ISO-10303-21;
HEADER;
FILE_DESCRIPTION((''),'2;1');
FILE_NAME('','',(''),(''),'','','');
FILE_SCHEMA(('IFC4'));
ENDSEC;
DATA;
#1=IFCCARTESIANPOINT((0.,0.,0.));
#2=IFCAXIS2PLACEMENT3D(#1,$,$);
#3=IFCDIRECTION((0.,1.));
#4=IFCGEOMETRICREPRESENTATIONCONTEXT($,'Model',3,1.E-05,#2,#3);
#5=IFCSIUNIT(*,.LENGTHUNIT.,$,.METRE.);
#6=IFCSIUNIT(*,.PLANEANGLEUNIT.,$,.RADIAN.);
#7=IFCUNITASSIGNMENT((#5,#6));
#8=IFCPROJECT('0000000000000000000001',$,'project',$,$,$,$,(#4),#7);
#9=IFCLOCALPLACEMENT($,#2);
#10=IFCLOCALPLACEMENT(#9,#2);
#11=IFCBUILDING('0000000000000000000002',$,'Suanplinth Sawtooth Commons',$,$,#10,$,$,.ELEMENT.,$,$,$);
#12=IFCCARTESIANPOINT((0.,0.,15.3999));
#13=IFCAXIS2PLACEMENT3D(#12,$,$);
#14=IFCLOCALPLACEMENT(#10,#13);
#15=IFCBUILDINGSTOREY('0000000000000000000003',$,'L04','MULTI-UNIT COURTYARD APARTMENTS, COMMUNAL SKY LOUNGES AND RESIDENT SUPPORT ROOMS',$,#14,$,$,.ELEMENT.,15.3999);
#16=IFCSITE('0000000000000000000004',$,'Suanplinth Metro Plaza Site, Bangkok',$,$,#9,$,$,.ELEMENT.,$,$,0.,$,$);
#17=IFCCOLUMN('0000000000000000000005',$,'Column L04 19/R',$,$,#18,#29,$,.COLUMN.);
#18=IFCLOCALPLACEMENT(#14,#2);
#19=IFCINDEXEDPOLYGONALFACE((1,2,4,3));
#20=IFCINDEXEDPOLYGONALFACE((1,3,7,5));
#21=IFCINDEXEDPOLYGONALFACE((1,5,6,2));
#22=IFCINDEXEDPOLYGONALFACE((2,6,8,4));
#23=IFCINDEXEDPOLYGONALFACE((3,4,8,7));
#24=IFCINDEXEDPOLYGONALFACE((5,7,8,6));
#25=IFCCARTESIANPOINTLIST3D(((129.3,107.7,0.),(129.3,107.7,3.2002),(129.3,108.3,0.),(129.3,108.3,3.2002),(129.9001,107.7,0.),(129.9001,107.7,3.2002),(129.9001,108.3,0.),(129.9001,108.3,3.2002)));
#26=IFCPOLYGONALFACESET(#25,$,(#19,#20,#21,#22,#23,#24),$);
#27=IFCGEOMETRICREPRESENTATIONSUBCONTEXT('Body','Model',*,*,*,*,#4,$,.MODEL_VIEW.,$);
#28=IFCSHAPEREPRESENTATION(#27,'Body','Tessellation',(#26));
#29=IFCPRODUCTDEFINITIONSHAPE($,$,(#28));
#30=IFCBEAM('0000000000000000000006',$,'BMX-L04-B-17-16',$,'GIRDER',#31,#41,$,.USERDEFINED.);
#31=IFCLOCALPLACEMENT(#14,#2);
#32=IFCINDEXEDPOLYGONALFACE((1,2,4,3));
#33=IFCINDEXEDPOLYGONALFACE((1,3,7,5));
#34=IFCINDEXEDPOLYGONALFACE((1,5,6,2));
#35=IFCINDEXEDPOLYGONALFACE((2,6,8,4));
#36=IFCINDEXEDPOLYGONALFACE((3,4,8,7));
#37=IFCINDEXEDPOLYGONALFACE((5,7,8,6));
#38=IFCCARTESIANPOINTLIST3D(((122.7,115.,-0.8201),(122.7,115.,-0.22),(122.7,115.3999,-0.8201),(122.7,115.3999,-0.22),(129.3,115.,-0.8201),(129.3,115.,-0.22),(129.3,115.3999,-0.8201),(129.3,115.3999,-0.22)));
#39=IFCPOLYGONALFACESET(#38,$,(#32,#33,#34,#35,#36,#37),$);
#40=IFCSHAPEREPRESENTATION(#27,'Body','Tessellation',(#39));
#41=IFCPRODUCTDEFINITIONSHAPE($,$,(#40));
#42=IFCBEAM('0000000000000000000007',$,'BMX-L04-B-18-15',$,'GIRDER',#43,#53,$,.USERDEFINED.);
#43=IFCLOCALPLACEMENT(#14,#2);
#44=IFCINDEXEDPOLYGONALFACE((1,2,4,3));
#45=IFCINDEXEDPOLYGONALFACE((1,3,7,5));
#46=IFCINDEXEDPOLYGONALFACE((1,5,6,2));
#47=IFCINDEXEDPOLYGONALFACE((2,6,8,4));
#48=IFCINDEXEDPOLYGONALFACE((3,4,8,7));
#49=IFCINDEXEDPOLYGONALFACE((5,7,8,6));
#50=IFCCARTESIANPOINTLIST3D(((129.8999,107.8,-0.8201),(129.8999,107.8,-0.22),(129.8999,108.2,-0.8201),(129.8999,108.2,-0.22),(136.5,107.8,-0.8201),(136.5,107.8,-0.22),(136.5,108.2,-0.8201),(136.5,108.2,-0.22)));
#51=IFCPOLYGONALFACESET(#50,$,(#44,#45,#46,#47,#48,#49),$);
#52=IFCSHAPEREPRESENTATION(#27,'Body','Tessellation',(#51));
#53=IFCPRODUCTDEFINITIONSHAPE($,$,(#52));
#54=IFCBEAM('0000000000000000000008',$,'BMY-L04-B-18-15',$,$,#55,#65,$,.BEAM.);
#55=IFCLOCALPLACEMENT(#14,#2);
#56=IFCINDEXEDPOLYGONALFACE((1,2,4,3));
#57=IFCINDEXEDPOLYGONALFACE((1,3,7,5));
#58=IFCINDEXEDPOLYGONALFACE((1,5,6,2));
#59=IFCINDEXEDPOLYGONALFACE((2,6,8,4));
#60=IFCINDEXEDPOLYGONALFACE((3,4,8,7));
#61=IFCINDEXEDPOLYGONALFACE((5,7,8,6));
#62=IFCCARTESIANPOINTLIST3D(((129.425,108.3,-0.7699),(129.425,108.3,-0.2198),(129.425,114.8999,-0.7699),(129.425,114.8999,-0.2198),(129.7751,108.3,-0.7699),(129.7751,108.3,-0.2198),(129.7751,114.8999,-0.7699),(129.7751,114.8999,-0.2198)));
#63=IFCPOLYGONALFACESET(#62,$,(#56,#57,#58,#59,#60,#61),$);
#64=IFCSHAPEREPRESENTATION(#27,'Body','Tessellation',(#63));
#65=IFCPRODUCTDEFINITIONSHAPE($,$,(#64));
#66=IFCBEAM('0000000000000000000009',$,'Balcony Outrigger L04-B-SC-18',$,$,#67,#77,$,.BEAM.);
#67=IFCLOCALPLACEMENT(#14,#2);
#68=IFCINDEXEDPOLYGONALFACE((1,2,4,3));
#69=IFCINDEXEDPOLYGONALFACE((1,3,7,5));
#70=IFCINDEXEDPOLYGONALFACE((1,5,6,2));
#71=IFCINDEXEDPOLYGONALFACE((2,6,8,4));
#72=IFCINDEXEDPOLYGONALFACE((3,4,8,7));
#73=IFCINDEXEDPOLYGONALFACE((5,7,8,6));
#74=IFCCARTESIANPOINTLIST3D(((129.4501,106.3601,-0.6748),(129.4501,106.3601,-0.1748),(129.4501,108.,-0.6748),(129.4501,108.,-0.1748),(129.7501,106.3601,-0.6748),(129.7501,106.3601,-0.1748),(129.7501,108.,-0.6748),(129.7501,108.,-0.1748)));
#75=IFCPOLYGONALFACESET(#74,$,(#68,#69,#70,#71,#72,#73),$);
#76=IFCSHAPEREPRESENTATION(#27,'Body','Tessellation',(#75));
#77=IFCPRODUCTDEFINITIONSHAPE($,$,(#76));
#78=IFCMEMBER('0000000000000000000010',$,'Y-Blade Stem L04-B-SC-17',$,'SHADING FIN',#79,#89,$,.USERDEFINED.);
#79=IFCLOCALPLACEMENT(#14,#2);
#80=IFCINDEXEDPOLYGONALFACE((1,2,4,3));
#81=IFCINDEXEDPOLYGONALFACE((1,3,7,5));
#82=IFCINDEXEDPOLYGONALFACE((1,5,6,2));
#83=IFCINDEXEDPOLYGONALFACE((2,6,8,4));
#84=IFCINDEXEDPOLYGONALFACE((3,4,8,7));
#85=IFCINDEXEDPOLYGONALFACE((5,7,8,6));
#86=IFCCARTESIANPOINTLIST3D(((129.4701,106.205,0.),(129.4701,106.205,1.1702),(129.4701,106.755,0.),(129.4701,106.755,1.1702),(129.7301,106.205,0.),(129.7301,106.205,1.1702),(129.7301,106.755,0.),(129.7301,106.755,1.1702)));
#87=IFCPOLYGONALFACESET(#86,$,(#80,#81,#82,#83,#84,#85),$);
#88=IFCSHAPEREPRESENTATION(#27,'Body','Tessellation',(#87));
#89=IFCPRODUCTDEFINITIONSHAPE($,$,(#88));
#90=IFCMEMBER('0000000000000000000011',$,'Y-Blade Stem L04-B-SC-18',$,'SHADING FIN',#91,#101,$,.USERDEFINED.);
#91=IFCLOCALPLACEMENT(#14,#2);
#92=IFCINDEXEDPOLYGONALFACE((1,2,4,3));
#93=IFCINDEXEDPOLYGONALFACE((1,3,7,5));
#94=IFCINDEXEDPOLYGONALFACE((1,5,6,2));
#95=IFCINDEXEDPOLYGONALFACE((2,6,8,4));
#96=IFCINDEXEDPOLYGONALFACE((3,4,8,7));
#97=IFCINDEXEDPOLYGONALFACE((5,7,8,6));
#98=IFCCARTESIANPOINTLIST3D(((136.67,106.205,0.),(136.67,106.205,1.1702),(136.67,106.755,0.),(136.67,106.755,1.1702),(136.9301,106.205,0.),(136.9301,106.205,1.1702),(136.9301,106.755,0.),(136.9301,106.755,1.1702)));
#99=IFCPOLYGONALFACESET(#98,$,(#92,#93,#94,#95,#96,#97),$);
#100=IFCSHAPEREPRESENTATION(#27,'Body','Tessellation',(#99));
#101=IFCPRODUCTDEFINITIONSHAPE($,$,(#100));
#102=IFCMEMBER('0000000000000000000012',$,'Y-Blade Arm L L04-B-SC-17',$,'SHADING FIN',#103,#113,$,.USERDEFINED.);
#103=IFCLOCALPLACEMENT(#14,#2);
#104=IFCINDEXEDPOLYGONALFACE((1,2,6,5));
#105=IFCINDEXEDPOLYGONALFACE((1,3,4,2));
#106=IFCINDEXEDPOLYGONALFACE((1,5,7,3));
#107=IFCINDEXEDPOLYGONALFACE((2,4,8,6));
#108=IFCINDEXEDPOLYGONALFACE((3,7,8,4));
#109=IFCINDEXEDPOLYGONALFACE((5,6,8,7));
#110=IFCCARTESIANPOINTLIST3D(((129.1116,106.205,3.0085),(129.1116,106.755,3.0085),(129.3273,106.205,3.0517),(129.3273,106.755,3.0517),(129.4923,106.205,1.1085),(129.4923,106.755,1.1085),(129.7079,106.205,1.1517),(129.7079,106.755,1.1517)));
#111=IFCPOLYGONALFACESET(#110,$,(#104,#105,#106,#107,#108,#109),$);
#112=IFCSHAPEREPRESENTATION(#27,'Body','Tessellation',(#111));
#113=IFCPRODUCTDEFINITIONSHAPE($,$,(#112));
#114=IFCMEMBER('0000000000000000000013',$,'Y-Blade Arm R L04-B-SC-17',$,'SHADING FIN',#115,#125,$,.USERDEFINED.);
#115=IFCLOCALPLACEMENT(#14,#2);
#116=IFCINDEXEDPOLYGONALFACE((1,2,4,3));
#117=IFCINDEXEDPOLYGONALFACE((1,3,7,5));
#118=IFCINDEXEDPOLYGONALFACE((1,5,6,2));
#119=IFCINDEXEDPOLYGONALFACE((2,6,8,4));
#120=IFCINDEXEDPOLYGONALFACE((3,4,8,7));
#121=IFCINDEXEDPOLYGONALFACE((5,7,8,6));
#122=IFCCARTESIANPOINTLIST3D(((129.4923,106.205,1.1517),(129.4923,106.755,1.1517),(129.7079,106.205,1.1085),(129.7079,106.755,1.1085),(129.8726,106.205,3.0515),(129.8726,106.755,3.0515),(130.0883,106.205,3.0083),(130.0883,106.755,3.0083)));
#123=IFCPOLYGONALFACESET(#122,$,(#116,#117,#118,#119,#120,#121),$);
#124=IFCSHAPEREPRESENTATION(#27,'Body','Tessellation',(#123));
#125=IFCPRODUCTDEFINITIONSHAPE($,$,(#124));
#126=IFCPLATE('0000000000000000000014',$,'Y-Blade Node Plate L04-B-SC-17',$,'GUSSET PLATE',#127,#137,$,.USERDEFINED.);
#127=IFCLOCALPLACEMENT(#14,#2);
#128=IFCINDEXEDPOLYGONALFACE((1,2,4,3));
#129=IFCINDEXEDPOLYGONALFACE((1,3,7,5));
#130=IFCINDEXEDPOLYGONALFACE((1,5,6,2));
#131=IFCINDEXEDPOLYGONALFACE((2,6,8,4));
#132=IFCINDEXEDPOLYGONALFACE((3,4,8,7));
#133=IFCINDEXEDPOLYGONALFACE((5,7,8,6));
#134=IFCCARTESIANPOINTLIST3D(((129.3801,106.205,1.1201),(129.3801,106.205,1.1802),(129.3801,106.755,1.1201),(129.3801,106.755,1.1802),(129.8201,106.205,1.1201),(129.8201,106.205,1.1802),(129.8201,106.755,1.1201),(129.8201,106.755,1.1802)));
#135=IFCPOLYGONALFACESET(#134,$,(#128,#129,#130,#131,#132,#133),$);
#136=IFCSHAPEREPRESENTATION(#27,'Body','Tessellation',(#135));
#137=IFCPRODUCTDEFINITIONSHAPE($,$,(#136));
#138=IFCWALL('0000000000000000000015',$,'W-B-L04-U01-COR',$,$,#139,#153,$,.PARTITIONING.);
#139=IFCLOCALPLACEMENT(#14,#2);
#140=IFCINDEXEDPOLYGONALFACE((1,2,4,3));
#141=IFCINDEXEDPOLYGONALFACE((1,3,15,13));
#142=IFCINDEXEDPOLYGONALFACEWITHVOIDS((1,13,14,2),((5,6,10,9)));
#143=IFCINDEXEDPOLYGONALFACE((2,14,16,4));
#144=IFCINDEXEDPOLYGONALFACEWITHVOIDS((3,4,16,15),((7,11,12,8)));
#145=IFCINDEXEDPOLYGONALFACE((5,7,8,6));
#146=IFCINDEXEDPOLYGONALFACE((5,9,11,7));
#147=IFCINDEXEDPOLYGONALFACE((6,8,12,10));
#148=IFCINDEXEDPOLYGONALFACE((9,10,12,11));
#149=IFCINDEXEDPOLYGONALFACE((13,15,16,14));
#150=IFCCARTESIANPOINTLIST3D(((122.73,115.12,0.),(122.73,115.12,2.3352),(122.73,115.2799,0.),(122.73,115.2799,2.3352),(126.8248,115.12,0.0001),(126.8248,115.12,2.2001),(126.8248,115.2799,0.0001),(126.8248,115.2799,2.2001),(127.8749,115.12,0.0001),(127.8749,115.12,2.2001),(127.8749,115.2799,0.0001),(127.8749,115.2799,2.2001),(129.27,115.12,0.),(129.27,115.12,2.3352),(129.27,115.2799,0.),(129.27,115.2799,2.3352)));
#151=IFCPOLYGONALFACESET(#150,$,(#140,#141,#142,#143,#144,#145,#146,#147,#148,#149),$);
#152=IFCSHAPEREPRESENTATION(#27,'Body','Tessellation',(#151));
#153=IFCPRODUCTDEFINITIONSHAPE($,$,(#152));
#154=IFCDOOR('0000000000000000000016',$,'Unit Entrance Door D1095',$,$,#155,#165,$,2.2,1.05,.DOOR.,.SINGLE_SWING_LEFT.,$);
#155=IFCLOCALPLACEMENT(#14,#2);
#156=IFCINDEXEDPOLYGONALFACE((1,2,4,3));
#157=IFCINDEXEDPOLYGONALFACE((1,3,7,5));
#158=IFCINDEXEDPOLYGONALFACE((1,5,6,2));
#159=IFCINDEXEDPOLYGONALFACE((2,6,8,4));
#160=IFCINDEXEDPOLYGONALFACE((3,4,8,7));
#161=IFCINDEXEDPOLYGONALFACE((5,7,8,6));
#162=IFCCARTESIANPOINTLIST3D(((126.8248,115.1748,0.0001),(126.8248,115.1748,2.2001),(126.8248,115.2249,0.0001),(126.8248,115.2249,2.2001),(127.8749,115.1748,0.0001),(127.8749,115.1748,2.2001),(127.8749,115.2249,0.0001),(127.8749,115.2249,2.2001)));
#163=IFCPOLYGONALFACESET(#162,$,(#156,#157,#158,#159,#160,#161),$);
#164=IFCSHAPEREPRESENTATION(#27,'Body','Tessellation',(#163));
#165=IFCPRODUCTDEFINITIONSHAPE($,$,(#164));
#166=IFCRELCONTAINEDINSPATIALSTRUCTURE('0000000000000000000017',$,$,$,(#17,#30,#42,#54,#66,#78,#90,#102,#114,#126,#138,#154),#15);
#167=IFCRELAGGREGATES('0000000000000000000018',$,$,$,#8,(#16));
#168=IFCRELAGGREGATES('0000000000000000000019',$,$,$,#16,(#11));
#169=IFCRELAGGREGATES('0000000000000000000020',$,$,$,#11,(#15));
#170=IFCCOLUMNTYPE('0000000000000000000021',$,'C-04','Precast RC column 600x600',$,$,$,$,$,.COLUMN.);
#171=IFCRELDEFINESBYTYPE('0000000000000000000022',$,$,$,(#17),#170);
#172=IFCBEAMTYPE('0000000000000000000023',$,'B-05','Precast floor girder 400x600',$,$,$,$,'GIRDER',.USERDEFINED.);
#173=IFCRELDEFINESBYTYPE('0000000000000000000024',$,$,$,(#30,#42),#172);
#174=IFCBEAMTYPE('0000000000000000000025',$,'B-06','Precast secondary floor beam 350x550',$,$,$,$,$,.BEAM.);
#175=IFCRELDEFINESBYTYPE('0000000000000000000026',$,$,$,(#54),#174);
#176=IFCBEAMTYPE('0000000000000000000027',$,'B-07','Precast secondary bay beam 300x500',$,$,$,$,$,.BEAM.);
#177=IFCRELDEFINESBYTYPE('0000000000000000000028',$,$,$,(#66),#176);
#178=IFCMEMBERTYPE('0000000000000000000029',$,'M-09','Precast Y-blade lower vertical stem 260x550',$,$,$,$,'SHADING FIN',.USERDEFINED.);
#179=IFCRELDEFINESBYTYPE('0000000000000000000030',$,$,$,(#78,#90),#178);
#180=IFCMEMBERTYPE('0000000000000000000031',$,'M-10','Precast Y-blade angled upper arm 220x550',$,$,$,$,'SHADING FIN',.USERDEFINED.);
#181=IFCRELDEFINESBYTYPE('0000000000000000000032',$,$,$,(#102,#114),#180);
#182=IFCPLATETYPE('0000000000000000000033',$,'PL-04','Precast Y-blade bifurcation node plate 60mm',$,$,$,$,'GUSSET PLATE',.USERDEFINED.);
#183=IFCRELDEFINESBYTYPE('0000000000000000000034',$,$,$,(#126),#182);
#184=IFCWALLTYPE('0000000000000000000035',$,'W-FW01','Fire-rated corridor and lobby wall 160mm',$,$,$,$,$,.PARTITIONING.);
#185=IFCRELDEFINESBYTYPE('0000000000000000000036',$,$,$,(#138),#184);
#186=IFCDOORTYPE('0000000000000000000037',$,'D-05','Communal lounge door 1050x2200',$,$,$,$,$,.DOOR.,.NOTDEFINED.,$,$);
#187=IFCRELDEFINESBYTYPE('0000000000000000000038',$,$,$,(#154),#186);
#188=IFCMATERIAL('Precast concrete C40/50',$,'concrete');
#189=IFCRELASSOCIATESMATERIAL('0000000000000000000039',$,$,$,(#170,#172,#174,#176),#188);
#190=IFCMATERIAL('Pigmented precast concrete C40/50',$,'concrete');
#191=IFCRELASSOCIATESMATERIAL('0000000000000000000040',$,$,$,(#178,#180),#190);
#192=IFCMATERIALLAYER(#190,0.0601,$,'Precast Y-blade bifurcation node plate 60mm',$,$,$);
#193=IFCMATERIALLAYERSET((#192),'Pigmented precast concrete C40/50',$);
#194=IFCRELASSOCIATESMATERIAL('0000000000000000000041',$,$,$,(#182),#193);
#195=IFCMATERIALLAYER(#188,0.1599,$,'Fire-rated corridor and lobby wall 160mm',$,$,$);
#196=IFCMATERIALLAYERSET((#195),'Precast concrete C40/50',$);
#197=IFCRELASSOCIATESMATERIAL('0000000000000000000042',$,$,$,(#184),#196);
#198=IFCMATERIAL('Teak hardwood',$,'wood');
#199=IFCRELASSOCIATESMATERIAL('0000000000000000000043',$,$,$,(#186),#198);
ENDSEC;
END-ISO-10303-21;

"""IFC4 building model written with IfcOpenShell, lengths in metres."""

from ifc_helpers import new_model, si_unit, direction, frame, frame_2d, origin, origin_2d, place, context, subcontext, project, spatial, rectangle, extrude, material, layer, layer_set, material_profile, profile_set, type_object, element, fill, save


model = new_model("IFC4")

# Units and contexts
model_context = context("Model", 3, precision=1e-05, world=origin(), true_north=direction((0.0, 1.0)))
body_context = subcontext(model_context, "Body", "Model", "MODEL_VIEW")
ifc_project = project(units=[si_unit("LENGTHUNIT", "METRE"), si_unit("PLANEANGLEUNIT", "RADIAN")], contexts=[model_context])

# Site, building, storey
site_placement = place(None, origin())
site = spatial("IfcSite", under=ifc_project, at=site_placement, Name="Suanplinth Metro Plaza Site, Bangkok", CompositionType="ELEMENT", RefElevation=0.0)
building_placement = place(site_placement, origin())
building = spatial("IfcBuilding", under=site, at=building_placement, Name="Suanplinth Sawtooth Commons", CompositionType="ELEMENT")
storey_placement = place(building_placement, frame((0.0, 0.0, 15.3999)))
storey = spatial("IfcBuildingStorey", under=building, at=storey_placement, Name="L04", Description="MULTI-UNIT COURTYARD APARTMENTS, COMMUNAL SKY LOUNGES AND RESIDENT SUPPORT ROOMS", CompositionType="ELEMENT", Elevation=15.3999)

# Column
ifc_material_1 = material(Name="Precast concrete C40/50", Category="concrete")
ifc_material_profile_1 = material_profile(ifc_material_1, rectangle(XDim=0.6001, YDim=0.6001, at=origin_2d()), Name="PC-COL 600x600")
ifc_profile_set_1 = profile_set([ifc_material_profile_1], Name="Precast concrete C40/50")
column_type = type_object("IfcColumnType", Name="C-04", Description="Precast RC column 600x600", PredefinedType="COLUMN", material=ifc_profile_set_1)
column_placement = place(storey_placement, frame((129.6001, 108.0, 0.0), z_axis=(0.0, 0.0, 1.0), x_axis=(1.0, 0.0, 0.0)))
element("IfcColumn", 1, at=column_placement, inside=storey, type_object=column_type, Name="Column L04 19/R", PredefinedType="COLUMN", context=body_context, shape_type="SweptSolid", body=[
    extrude(rectangle(XDim=0.6001, YDim=0.6001, at=origin_2d()), origin(), (0.0, 0.0, 1.0), 3.2002),
])

# Beams
ifc_material_profile_2 = material_profile(ifc_material_1, rectangle(XDim=0.3999, YDim=0.6001, at=origin_2d()), Name="PC-GDR 400x600")
ifc_profile_set_2 = profile_set([ifc_material_profile_2], Name="Precast concrete C40/50")
beam_type_1 = type_object("IfcBeamType", Name="B-05", Description="Precast floor girder 400x600", ElementType="GIRDER", PredefinedType="USERDEFINED", material=ifc_profile_set_2)
for number, where, z_axis, x_axis, name in (
    (2, (122.7, 115.2, -0.52), (1.0, 0.0, 0.0), (0.0, 1.0, 0.0), "BMX-L04-B-17-16"),
    (3, (129.8999, 108.0, -0.52), (1.0, 0.0, 0.0), (0.0, 1.0, 0.0), "BMX-L04-B-18-15"),
):
    element("IfcBeam", number, at=place(storey_placement, frame(where, z_axis=z_axis, x_axis=x_axis)), inside=storey, type_object=beam_type_1, Name=name, ObjectType="GIRDER", PredefinedType="USERDEFINED", context=body_context, shape_type="SweptSolid", body=[
        extrude(rectangle(XDim=0.3999, YDim=0.6001, at=origin_2d()), origin(), (0.0, 0.0, 1.0), 6.6001),
    ])
ifc_material_profile_3 = material_profile(ifc_material_1, rectangle(XDim=0.3501, YDim=0.55, at=origin_2d()), Name="PC-BM 350x550")
ifc_profile_set_3 = profile_set([ifc_material_profile_3], Name="Precast concrete C40/50")
beam_type_2 = type_object("IfcBeamType", Name="B-06", Description="Precast secondary floor beam 350x550", PredefinedType="BEAM", material=ifc_profile_set_3)
beam_1_placement = place(storey_placement, frame((129.6001, 108.3, -0.4949), z_axis=(0.0, 1.0, 0.0), x_axis=(-1.0, 0.0, 0.0)))
element("IfcBeam", 4, at=beam_1_placement, inside=storey, type_object=beam_type_2, Name="BMY-L04-B-18-15", PredefinedType="BEAM", context=body_context, shape_type="SweptSolid", body=[
    extrude(rectangle(XDim=0.3501, YDim=0.55, at=origin_2d()), origin(), (0.0, 0.0, 1.0), 6.5999),
])
ifc_material_profile_4 = material_profile(ifc_material_1, rectangle(XDim=0.3, YDim=0.5, at=origin_2d()), Name="PC-BM 300x500")
ifc_profile_set_4 = profile_set([ifc_material_profile_4], Name="Precast concrete C40/50")
beam_type_3 = type_object("IfcBeamType", Name="B-07", Description="Precast secondary bay beam 300x500", PredefinedType="BEAM", material=ifc_profile_set_4)
beam_2_placement = place(storey_placement, frame((129.6001, 108.0, -0.4248), z_axis=(0.0, -1.0, 0.0), x_axis=(1.0, 0.0, 0.0)))
element("IfcBeam", 5, at=beam_2_placement, inside=storey, type_object=beam_type_3, Name="Balcony Outrigger L04-B-SC-18", PredefinedType="BEAM", context=body_context, shape_type="SweptSolid", body=[
    extrude(rectangle(XDim=0.3, YDim=0.5, at=origin_2d()), origin(), (0.0, 0.0, 1.0), 1.6399),
])

# Members
ifc_material_2 = material(Name="Pigmented precast concrete C40/50", Category="concrete")
ifc_material_profile_5 = material_profile(ifc_material_2, rectangle(XDim=0.26, YDim=0.55, at=origin_2d()), Name="PC-FIN 260x550")
ifc_profile_set_5 = profile_set([ifc_material_profile_5], Name="Pigmented precast concrete C40/50")
member_type_1 = type_object("IfcMemberType", Name="M-09", Description="Precast Y-blade lower vertical stem 260x550", ElementType="SHADING FIN", PredefinedType="USERDEFINED", material=ifc_profile_set_5)
for number, where, z_axis, x_axis, name in (
    (6, (129.6001, 106.48, 0.0), (0.0, 0.0, 1.0), (1.0, 0.0, 0.0), "Y-Blade Stem L04-B-SC-17"),
    (7, (136.8, 106.48, 0.0), (0.0, 0.0, 1.0), (1.0, 0.0, 0.0), "Y-Blade Stem L04-B-SC-18"),
):
    element("IfcMember", number, at=place(storey_placement, frame(where, z_axis=z_axis, x_axis=x_axis)), inside=storey, type_object=member_type_1, Name=name, ObjectType="SHADING FIN", PredefinedType="USERDEFINED", context=body_context, shape_type="SweptSolid", body=[
        extrude(rectangle(XDim=0.26, YDim=0.55, at=origin_2d()), origin(), (0.0, 0.0, 1.0), 1.1702),
    ])
ifc_material_profile_6 = material_profile(ifc_material_2, rectangle(XDim=0.22, YDim=0.55, at=origin_2d()), Name="PC-FIN 220x550")
ifc_profile_set_6 = profile_set([ifc_material_profile_6], Name="Pigmented precast concrete C40/50")
member_type_2 = type_object("IfcMemberType", Name="M-10", Description="Precast Y-blade angled upper arm 220x550", ElementType="SHADING FIN", PredefinedType="USERDEFINED", material=ifc_profile_set_6)
member_1_placement = place(storey_placement, frame((129.6001, 106.48, 1.1301), z_axis=(-0.196431, 0.0, 0.980518), x_axis=(0.980518, 0.0, 0.196431)))
element("IfcMember", 8, at=member_1_placement, inside=storey, type_object=member_type_2, Name="Y-Blade Arm L L04-B-SC-17", ObjectType="SHADING FIN", PredefinedType="USERDEFINED", context=body_context, shape_type="SweptSolid", body=[
    extrude(rectangle(XDim=0.22, YDim=0.55, at=origin_2d()), origin(), (0.0, 0.0, 1.0), 1.9377),
])
member_2_placement = place(storey_placement, frame((129.6001, 106.48, 1.1301), z_axis=(0.19631, 0.0, 0.980542), x_axis=(-0.980542, 0.0, 0.19631)))
element("IfcMember", 9, at=member_2_placement, inside=storey, type_object=member_type_2, Name="Y-Blade Arm R L04-B-SC-17", ObjectType="SHADING FIN", PredefinedType="USERDEFINED", context=body_context, shape_type="SweptSolid", body=[
    extrude(rectangle(XDim=0.22, YDim=0.55, at=origin_2d()), origin(), (0.0, 0.0, 1.0), 1.9375),
])

# Plate
ifc_layer_1 = layer(ifc_material_2, 0.0601, Name="Precast Y-blade bifurcation node plate 60mm")
ifc_layer_set_1 = layer_set([ifc_layer_1], Name="Pigmented precast concrete C40/50")
plate_type = type_object("IfcPlateType", Name="PL-04", Description="Precast Y-blade bifurcation node plate 60mm", ElementType="GUSSET PLATE", PredefinedType="USERDEFINED", material=ifc_layer_set_1)
plate_placement = place(storey_placement, frame((129.6001, 106.48, 1.1201), z_axis=(0.0, 0.0, 1.0), x_axis=(1.0, 0.0, 0.0)))
element("IfcPlate", 10, at=plate_placement, inside=storey, type_object=plate_type, Name="Y-Blade Node Plate L04-B-SC-17", ObjectType="GUSSET PLATE", PredefinedType="USERDEFINED", context=body_context, shape_type="SweptSolid", body=[
    extrude(rectangle(XDim=0.4399, YDim=0.55, at=origin_2d()), origin(), (0.0, 0.0, 1.0), 0.0601),
])

# Wall, opening, door
ifc_layer_2 = layer(ifc_material_1, 0.1599, Name="Fire-rated corridor and lobby wall 160mm")
ifc_layer_set_2 = layer_set([ifc_layer_2], Name="Precast concrete C40/50")
wall_type_1 = type_object("IfcWallType", Name="W-FW01", Description="Fire-rated corridor and lobby wall 160mm", PredefinedType="PARTITIONING", material=ifc_layer_set_2)
wall_1_placement = place(storey_placement, frame((122.73, 115.2, 0.0), z_axis=(0.0, 0.0, 1.0), x_axis=(1.0, 0.0, 0.0)))
wall_1 = element("IfcWall", 11, at=wall_1_placement, inside=storey, type_object=wall_type_1, Name="W-B-L04-U01-COR", PredefinedType="PARTITIONING", context=body_context, shape_type="SweptSolid", body=[
    extrude(rectangle(XDim=6.54, YDim=0.1599, at=frame_2d((3.27, 0.0))), origin(), (0.0, 0.0, 1.0), 2.3352),
])
opening_1_placement = place(wall_1_placement, frame((4.095, 0.0, 0.0)))
opening_1 = element("IfcOpeningElement", 12, at=opening_1_placement, cuts=wall_1, PredefinedType="OPENING", context=body_context, shape_type="SweptSolid", body=[
    extrude(rectangle(XDim=1.05, YDim=2.2, at=frame_2d((0.5249, 1.1001))), frame((0.0, 0.0947, 0.0), z_axis=(0.0, -1.0, 0.0), x_axis=(1.0, 0.0, 0.0)), (0.0, 0.0, 1.0), 0.1897),
])
ifc_material_3 = material(Name="Teak hardwood", Category="wood")
door_type_1 = type_object("IfcDoorType", Name="D-05", Description="Communal lounge door 1050x2200", OperationType="NOTDEFINED", PredefinedType="DOOR", material=ifc_material_3)
door_1_placement = place(opening_1_placement, origin())
door_1 = element("IfcDoor", 13, at=door_1_placement, inside=storey, type_object=door_type_1, Name="Unit Entrance Door D1095", OperationType="SINGLE_SWING_LEFT", OverallHeight=2.2, OverallWidth=1.05, PredefinedType="DOOR", context=body_context, shape_type="SweptSolid", body=[
    extrude(rectangle(XDim=1.05, YDim=2.2, at=frame_2d((0.5249, 1.1001))), frame((0.0, 0.0249, 0.0), z_axis=(0.0, -1.0, 0.0), x_axis=(1.0, 0.0, 0.0)), (0.0, 0.0, 1.0), 0.05),
])
fill(opening_1, door_1)

save(model, "model.ifc")
